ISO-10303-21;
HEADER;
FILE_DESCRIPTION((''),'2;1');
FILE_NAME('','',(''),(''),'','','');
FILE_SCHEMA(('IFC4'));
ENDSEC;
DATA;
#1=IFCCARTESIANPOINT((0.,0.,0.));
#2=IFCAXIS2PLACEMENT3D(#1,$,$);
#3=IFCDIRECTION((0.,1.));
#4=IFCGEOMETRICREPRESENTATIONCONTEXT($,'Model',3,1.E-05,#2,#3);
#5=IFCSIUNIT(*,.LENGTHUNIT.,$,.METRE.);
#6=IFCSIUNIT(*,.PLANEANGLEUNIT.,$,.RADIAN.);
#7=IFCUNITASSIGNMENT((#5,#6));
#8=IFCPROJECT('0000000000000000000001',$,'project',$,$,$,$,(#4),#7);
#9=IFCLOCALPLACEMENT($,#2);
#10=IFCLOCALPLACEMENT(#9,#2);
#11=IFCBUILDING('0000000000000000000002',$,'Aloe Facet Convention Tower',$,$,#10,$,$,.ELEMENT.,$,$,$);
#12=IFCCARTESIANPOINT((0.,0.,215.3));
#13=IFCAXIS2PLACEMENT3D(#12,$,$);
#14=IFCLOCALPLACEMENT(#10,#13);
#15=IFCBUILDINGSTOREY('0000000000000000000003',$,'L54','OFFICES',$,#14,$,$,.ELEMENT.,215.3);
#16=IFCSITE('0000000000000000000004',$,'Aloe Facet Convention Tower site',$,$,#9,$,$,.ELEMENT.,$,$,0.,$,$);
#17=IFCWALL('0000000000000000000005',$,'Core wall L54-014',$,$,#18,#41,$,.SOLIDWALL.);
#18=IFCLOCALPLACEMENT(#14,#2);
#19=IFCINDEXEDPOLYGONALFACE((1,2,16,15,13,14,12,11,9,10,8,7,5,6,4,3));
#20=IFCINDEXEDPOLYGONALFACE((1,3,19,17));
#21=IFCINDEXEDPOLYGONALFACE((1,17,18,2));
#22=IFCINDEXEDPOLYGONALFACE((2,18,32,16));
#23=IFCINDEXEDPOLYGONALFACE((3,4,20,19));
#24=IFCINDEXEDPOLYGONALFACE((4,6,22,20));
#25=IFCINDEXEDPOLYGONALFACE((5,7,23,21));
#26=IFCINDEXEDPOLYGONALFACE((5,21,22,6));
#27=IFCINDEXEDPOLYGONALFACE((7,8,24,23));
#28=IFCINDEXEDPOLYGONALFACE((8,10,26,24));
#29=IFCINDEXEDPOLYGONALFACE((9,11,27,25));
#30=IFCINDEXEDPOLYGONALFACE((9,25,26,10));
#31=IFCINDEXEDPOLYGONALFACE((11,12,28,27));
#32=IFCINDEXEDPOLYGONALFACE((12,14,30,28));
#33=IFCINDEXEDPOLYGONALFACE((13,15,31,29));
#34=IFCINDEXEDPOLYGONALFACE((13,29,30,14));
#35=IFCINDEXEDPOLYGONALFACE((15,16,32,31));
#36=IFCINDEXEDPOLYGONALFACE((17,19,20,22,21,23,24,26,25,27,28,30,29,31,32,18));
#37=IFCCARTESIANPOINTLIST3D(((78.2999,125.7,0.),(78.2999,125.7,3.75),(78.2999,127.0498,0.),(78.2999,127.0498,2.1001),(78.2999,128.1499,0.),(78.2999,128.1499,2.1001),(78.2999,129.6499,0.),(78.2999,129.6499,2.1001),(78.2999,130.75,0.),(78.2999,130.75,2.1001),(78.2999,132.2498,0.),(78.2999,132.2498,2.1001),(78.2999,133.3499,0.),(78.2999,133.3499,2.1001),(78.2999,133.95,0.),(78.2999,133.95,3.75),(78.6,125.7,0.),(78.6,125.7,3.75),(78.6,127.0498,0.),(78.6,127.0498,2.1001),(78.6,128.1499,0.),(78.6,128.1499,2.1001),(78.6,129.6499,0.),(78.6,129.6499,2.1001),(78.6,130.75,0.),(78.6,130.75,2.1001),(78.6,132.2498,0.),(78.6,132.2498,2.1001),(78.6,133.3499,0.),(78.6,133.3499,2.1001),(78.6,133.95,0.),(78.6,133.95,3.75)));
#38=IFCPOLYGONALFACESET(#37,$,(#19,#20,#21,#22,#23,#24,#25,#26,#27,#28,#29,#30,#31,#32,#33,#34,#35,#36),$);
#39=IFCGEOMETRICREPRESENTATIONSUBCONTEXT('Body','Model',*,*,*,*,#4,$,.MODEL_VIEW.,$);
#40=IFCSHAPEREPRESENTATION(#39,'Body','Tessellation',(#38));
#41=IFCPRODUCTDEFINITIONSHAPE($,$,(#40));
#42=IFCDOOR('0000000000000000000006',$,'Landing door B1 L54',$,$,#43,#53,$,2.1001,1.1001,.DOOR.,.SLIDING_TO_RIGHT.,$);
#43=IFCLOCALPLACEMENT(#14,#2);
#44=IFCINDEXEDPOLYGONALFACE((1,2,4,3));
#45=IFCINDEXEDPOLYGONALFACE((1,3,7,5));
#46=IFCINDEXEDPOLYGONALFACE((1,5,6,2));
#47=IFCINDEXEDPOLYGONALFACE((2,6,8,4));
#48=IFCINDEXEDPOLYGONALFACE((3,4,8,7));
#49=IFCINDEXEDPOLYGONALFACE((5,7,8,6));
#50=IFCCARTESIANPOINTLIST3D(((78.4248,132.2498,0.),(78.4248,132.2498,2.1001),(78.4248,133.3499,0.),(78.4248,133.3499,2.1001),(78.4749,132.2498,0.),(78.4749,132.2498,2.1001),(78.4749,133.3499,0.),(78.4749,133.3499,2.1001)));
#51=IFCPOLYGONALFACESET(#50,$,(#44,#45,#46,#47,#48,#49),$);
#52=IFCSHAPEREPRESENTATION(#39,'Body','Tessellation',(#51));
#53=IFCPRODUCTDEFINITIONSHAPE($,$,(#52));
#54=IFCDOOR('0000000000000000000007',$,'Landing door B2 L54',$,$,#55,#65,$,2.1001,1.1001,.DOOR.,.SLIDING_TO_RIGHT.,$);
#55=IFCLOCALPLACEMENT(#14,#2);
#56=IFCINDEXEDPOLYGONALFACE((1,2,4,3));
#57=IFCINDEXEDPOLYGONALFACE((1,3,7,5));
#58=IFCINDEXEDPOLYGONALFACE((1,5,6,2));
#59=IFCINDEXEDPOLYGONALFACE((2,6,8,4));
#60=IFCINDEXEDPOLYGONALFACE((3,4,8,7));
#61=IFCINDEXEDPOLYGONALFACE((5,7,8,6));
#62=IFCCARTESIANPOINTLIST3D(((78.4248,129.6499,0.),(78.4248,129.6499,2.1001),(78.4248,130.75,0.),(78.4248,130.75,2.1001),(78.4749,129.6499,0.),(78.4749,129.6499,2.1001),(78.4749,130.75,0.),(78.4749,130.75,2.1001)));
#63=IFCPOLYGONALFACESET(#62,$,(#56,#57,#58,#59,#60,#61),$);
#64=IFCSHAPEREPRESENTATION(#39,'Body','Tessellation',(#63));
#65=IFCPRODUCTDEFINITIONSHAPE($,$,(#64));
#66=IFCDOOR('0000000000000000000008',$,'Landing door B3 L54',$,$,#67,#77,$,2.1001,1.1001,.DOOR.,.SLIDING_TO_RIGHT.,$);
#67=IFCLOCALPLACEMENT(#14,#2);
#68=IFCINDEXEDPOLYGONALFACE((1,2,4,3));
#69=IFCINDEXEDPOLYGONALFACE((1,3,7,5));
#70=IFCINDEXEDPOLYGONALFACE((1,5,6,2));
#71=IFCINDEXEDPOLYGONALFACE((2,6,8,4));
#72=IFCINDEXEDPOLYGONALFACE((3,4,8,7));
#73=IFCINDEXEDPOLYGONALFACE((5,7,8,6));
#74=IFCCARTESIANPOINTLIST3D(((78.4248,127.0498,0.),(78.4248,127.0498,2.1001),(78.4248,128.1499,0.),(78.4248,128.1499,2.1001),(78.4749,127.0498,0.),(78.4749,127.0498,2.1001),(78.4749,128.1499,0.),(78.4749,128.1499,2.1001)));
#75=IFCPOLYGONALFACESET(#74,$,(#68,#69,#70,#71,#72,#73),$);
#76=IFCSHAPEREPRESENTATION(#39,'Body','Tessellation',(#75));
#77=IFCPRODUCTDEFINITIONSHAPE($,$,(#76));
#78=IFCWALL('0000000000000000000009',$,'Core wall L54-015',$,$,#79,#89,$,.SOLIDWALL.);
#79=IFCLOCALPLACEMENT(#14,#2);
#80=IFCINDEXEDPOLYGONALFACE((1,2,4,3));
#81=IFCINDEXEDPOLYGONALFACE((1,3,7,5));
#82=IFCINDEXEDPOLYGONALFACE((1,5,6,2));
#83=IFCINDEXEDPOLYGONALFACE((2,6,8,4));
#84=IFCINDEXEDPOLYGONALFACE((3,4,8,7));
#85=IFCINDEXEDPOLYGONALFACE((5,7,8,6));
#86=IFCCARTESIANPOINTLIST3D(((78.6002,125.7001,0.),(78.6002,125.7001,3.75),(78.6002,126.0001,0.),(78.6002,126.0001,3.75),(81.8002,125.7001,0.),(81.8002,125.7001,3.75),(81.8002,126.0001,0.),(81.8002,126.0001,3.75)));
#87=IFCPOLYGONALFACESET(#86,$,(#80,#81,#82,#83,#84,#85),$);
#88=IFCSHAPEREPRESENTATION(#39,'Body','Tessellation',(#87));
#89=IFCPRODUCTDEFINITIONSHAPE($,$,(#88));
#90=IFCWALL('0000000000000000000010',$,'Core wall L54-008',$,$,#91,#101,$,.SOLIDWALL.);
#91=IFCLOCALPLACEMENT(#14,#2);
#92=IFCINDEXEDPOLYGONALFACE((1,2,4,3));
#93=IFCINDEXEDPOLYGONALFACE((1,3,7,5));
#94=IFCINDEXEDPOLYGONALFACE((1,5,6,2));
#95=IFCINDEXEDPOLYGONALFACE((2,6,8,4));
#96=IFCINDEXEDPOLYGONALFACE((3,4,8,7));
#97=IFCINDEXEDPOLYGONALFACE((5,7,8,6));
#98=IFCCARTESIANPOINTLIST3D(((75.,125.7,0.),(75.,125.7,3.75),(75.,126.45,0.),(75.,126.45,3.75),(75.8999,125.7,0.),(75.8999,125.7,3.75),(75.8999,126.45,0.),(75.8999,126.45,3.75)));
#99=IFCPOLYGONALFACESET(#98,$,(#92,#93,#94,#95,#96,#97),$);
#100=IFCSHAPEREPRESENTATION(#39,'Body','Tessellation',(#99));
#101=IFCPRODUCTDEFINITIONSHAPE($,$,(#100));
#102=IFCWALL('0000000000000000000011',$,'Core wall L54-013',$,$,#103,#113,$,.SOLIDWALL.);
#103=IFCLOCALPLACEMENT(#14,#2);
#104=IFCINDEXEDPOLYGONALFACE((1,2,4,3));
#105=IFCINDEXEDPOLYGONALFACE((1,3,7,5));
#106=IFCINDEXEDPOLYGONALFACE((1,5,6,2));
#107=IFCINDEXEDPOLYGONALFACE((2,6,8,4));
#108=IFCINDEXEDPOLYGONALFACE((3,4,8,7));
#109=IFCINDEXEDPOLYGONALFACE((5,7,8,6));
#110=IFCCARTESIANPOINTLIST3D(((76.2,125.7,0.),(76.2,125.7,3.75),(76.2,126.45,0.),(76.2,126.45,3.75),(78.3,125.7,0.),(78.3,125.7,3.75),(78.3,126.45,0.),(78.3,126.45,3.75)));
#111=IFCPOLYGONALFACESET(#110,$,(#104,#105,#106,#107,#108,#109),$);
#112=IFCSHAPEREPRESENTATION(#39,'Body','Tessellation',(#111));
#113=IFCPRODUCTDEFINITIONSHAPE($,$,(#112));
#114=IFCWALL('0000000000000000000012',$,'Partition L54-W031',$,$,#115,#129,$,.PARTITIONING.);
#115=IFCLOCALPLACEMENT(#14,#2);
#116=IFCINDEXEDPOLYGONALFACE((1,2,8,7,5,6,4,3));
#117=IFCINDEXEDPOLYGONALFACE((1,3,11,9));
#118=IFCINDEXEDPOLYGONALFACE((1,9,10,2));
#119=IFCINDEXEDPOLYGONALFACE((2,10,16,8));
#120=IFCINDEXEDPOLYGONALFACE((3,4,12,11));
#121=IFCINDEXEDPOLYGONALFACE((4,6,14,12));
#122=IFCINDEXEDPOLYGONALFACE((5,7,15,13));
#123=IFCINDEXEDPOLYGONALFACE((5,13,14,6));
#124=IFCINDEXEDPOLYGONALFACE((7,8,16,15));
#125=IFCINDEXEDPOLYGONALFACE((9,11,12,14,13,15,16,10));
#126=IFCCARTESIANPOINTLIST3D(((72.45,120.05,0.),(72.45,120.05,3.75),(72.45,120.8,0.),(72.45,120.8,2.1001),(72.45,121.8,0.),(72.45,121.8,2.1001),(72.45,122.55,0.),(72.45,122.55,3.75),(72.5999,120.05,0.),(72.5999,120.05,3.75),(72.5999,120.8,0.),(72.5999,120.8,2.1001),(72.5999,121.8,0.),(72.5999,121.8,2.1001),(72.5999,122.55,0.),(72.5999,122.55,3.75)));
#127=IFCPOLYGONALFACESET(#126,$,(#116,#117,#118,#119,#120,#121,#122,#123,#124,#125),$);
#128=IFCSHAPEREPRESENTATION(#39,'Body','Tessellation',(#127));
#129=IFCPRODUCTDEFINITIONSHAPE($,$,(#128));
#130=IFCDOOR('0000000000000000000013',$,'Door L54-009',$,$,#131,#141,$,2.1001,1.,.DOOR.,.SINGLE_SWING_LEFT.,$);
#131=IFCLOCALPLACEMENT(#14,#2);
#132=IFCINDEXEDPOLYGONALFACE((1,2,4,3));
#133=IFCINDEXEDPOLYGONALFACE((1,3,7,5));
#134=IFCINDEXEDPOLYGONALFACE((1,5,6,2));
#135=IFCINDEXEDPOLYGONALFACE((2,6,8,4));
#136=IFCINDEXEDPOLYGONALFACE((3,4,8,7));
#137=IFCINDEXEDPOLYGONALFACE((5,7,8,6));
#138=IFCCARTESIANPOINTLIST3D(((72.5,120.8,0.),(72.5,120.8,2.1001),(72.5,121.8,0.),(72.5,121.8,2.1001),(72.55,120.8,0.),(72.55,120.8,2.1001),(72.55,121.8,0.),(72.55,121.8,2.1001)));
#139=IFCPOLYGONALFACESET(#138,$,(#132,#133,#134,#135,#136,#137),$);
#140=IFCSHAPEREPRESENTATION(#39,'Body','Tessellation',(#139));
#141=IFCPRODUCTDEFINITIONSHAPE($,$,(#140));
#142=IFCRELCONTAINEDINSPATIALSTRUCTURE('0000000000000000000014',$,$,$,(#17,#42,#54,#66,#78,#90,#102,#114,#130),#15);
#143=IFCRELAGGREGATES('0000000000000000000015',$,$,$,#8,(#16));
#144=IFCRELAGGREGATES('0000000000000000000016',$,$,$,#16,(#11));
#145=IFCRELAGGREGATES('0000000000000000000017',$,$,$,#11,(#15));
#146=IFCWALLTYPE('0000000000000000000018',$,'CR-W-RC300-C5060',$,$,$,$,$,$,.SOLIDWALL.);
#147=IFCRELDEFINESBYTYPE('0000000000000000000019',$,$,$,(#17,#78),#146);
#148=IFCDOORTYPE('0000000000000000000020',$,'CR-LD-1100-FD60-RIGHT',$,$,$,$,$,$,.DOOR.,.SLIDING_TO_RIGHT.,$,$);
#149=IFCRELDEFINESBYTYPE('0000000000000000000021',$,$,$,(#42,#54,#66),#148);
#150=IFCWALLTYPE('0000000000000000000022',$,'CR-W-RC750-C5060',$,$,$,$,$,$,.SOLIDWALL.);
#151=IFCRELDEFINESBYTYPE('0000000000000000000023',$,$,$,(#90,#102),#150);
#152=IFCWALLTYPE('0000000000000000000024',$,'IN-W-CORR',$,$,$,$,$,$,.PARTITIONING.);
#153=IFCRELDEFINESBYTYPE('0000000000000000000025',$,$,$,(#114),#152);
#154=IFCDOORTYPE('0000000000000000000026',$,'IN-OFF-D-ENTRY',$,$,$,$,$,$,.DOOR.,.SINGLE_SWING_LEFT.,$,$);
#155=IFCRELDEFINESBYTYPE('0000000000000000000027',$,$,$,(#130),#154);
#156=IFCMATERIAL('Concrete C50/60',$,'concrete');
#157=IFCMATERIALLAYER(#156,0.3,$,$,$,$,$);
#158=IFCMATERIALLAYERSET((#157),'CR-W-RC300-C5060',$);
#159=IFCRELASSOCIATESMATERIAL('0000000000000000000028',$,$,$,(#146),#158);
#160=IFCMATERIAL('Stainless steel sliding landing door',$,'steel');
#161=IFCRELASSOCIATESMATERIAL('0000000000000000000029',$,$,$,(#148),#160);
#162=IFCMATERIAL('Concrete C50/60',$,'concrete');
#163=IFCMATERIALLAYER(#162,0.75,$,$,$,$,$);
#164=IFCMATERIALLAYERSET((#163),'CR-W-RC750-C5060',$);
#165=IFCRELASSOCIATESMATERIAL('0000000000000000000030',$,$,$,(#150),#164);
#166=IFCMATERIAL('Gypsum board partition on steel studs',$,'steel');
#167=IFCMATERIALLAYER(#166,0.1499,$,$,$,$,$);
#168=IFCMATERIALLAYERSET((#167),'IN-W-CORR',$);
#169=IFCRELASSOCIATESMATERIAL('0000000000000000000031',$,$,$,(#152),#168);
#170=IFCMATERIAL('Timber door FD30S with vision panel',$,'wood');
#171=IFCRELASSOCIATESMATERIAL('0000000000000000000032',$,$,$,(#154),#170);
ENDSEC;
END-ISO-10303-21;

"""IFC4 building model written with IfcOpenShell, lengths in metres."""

from ifc_helpers import new_model, si_unit, direction, frame, frame_2d, origin, place, context, subcontext, project, spatial, rectangle, extrude, material, layer, layer_set, type_object, element, fill, save


model = new_model("IFC4")

# Units and contexts
model_context = context("Model", 3, precision=1e-05, world=origin(), true_north=direction((0.0, 1.0)))
body_context = subcontext(model_context, "Body", "Model", "MODEL_VIEW")
ifc_project = project(units=[si_unit("LENGTHUNIT", "METRE"), si_unit("PLANEANGLEUNIT", "RADIAN")], contexts=[model_context])

# Site, building, storey
site_placement = place(None, origin())
site = spatial("IfcSite", under=ifc_project, at=site_placement, Name="Aloe Facet Convention Tower site", CompositionType="ELEMENT", RefElevation=0.0)
building_placement = place(site_placement, origin())
building = spatial("IfcBuilding", under=site, at=building_placement, Name="Aloe Facet Convention Tower", CompositionType="ELEMENT")
storey_placement = place(building_placement, frame((0.0, 0.0, 215.3)))
storey = spatial("IfcBuildingStorey", under=building, at=storey_placement, Name="L54", Description="OFFICES", CompositionType="ELEMENT", Elevation=215.3)

# Shared definitions
ifc_material_1 = material(Name="Concrete C50/60", Category="concrete")
ifc_layer_1 = layer(ifc_material_1, 0.3)
ifc_layer_set_1 = layer_set([ifc_layer_1], Name="CR-W-RC300-C5060")
wall_type_1 = type_object("IfcWallType", Name="CR-W-RC300-C5060", PredefinedType="SOLIDWALL", material=ifc_layer_set_1)

# Wall, openings, doors
wall_1_placement = place(storey_placement, frame((78.45, 133.95, 0.0), z_axis=(0.0, 0.0, 1.0), x_axis=(0.0, -1.0, 0.0)))
wall_1 = element("IfcWall", 1, at=wall_1_placement, inside=storey, type_object=wall_type_1, Name="Core wall L54-014", PredefinedType="SOLIDWALL", context=body_context, shape_type="SweptSolid", body=[
    extrude(rectangle(XDim=8.25, YDim=0.3, at=frame_2d((4.125, 0.0))), origin(), (0.0, 0.0, 1.0), 3.75),
])
opening_1_placement = place(wall_1_placement, frame((0.6001, 0.0, 0.0)))
opening_1 = element("IfcOpeningElement", 2, at=opening_1_placement, cuts=wall_1, PredefinedType="OPENING", context=body_context, shape_type="SweptSolid", body=[
    extrude(rectangle(XDim=1.1001, YDim=2.1001, at=frame_2d((0.55, 1.05))), frame((0.0, 0.1602, 0.0), z_axis=(0.0, -1.0, 0.0), x_axis=(1.0, 0.0, 0.0)), (0.0, 0.0, 1.0), 0.3201),
])
opening_2_placement = place(wall_1_placement, frame((3.2, 0.0, 0.0)))
opening_2 = element("IfcOpeningElement", 3, at=opening_2_placement, cuts=wall_1, PredefinedType="OPENING", context=body_context, shape_type="SweptSolid", body=[
    extrude(rectangle(XDim=1.1001, YDim=2.1001, at=frame_2d((0.55, 1.05))), frame((0.0, 0.1602, 0.0), z_axis=(0.0, -1.0, 0.0), x_axis=(1.0, 0.0, 0.0)), (0.0, 0.0, 1.0), 0.3201),
])
opening_3_placement = place(wall_1_placement, frame((5.8, 0.0, 0.0)))
opening_3 = element("IfcOpeningElement", 4, at=opening_3_placement, cuts=wall_1, PredefinedType="OPENING", context=body_context, shape_type="SweptSolid", body=[
    extrude(rectangle(XDim=1.1001, YDim=2.1001, at=frame_2d((0.55, 1.05))), frame((0.0, 0.1602, 0.0), z_axis=(0.0, -1.0, 0.0), x_axis=(1.0, 0.0, 0.0)), (0.0, 0.0, 1.0), 0.3201),
])
ifc_material_2 = material(Name="Stainless steel sliding landing door", Category="steel")
door_type_1 = type_object("IfcDoorType", Name="CR-LD-1100-FD60-RIGHT", OperationType="SLIDING_TO_RIGHT", PredefinedType="DOOR", material=ifc_material_2)
door_1_placement = place(opening_1_placement, origin())
door_1 = element("IfcDoor", 5, at=door_1_placement, inside=storey, type_object=door_type_1, Name="Landing door B1 L54", OperationType="SLIDING_TO_RIGHT", OverallHeight=2.1001, OverallWidth=1.1001, PredefinedType="DOOR", context=body_context, shape_type="SweptSolid", body=[
    extrude(rectangle(XDim=1.1001, YDim=2.1001, at=frame_2d((0.55, 1.05))), frame((0.0, 0.0249, 0.0), z_axis=(0.0, -1.0, 0.0), x_axis=(1.0, 0.0, 0.0)), (0.0, 0.0, 1.0), 0.05),
])
fill(opening_1, door_1)
door_2_placement = place(opening_2_placement, origin())
door_2 = element("IfcDoor", 6, at=door_2_placement, inside=storey, type_object=door_type_1, Name="Landing door B2 L54", OperationType="SLIDING_TO_RIGHT", OverallHeight=2.1001, OverallWidth=1.1001, PredefinedType="DOOR", context=body_context, shape_type="SweptSolid", body=[
    extrude(rectangle(XDim=1.1001, YDim=2.1001, at=frame_2d((0.55, 1.05))), frame((0.0, 0.0249, 0.0), z_axis=(0.0, -1.0, 0.0), x_axis=(1.0, 0.0, 0.0)), (0.0, 0.0, 1.0), 0.05),
])
fill(opening_2, door_2)
door_3_placement = place(opening_3_placement, origin())
door_3 = element("IfcDoor", 7, at=door_3_placement, inside=storey, type_object=door_type_1, Name="Landing door B3 L54", OperationType="SLIDING_TO_RIGHT", OverallHeight=2.1001, OverallWidth=1.1001, PredefinedType="DOOR", context=body_context, shape_type="SweptSolid", body=[
    extrude(rectangle(XDim=1.1001, YDim=2.1001, at=frame_2d((0.55, 1.05))), frame((0.0, 0.0249, 0.0), z_axis=(0.0, -1.0, 0.0), x_axis=(1.0, 0.0, 0.0)), (0.0, 0.0, 1.0), 0.05),
])
fill(opening_3, door_3)

# Walls
wall_2_placement = place(storey_placement, frame((78.6001, 125.8501, 0.0), z_axis=(0.0, 0.0, 1.0), x_axis=(1.0, 0.0, 0.0)))
element("IfcWall", 8, at=wall_2_placement, inside=storey, type_object=wall_type_1, Name="Core wall L54-015", PredefinedType="SOLIDWALL", context=body_context, shape_type="SweptSolid", body=[
    extrude(rectangle(XDim=3.2, YDim=0.3, at=frame_2d((1.6001, 0.0))), origin(), (0.0, 0.0, 1.0), 3.75),
])
ifc_material_3 = material(Name="Concrete C50/60", Category="concrete")
ifc_layer_2 = layer(ifc_material_3, 0.75)
ifc_layer_set_2 = layer_set([ifc_layer_2], Name="CR-W-RC750-C5060")
wall_type_2 = type_object("IfcWallType", Name="CR-W-RC750-C5060", PredefinedType="SOLIDWALL", material=ifc_layer_set_2)
wall_3_placement = place(storey_placement, frame((75.0, 126.075, 0.0), z_axis=(0.0, 0.0, 1.0), x_axis=(1.0, 0.0, 0.0)))
element("IfcWall", 9, at=wall_3_placement, inside=storey, type_object=wall_type_2, Name="Core wall L54-008", PredefinedType="SOLIDWALL", context=body_context, shape_type="SweptSolid", body=[
    extrude(rectangle(XDim=0.8999, YDim=0.75, at=frame_2d((0.45, 0.0))), origin(), (0.0, 0.0, 1.0), 3.75),
])
wall_4_placement = place(storey_placement, frame((76.2, 126.075, 0.0), z_axis=(0.0, 0.0, 1.0), x_axis=(1.0, 0.0, 0.0)))
element("IfcWall", 10, at=wall_4_placement, inside=storey, type_object=wall_type_2, Name="Core wall L54-013", PredefinedType="SOLIDWALL", context=body_context, shape_type="SweptSolid", body=[
    extrude(rectangle(XDim=2.1001, YDim=0.75, at=frame_2d((1.05, 0.0))), origin(), (0.0, 0.0, 1.0), 3.75),
])

# Wall, opening, door
ifc_material_4 = material(Name="Gypsum board partition on steel studs", Category="steel")
ifc_layer_3 = layer(ifc_material_4, 0.1499)
ifc_layer_set_3 = layer_set([ifc_layer_3], Name="IN-W-CORR")
wall_type_3 = type_object("IfcWallType", Name="IN-W-CORR", PredefinedType="PARTITIONING", material=ifc_layer_set_3)
wall_5_placement = place(storey_placement, frame((72.5249, 120.05, 0.0), z_axis=(0.0, 0.0, 1.0), x_axis=(0.0, 1.0, 0.0)))
wall_5 = element("IfcWall", 11, at=wall_5_placement, inside=storey, type_object=wall_type_3, Name="Partition L54-W031", PredefinedType="PARTITIONING", context=body_context, shape_type="SweptSolid", body=[
    extrude(rectangle(XDim=2.5, YDim=0.1499, at=frame_2d((1.25, 0.0))), origin(), (0.0, 0.0, 1.0), 3.75),
])
opening_4_placement = place(wall_5_placement, frame((0.75, 0.0, 0.0)))
opening_4 = element("IfcOpeningElement", 12, at=opening_4_placement, cuts=wall_5, PredefinedType="OPENING", context=body_context, shape_type="SweptSolid", body=[
    extrude(rectangle(XDim=1.0, YDim=2.1001, at=frame_2d((0.5, 1.05))), frame((0.0, 0.085, 0.0), z_axis=(0.0, -1.0, 0.0), x_axis=(1.0, 0.0, 0.0)), (0.0, 0.0, 1.0), 0.1699),
])
ifc_material_5 = material(Name="Timber door FD30S with vision panel", Category="wood")
door_type_2 = type_object("IfcDoorType", Name="IN-OFF-D-ENTRY", OperationType="SINGLE_SWING_LEFT", PredefinedType="DOOR", material=ifc_material_5)
door_4_placement = place(opening_4_placement, origin())
door_4 = element("IfcDoor", 13, at=door_4_placement, inside=storey, type_object=door_type_2, Name="Door L54-009", OperationType="SINGLE_SWING_LEFT", OverallHeight=2.1001, OverallWidth=1.0, PredefinedType="DOOR", context=body_context, shape_type="SweptSolid", body=[
    extrude(rectangle(XDim=1.0, YDim=2.1001, at=frame_2d((0.5, 1.05))), frame((0.0, 0.0249, 0.0), z_axis=(0.0, -1.0, 0.0), x_axis=(1.0, 0.0, 0.0)), (0.0, 0.0, 1.0), 0.05),
])
fill(opening_4, door_4)

save(model, "model.ifc")
